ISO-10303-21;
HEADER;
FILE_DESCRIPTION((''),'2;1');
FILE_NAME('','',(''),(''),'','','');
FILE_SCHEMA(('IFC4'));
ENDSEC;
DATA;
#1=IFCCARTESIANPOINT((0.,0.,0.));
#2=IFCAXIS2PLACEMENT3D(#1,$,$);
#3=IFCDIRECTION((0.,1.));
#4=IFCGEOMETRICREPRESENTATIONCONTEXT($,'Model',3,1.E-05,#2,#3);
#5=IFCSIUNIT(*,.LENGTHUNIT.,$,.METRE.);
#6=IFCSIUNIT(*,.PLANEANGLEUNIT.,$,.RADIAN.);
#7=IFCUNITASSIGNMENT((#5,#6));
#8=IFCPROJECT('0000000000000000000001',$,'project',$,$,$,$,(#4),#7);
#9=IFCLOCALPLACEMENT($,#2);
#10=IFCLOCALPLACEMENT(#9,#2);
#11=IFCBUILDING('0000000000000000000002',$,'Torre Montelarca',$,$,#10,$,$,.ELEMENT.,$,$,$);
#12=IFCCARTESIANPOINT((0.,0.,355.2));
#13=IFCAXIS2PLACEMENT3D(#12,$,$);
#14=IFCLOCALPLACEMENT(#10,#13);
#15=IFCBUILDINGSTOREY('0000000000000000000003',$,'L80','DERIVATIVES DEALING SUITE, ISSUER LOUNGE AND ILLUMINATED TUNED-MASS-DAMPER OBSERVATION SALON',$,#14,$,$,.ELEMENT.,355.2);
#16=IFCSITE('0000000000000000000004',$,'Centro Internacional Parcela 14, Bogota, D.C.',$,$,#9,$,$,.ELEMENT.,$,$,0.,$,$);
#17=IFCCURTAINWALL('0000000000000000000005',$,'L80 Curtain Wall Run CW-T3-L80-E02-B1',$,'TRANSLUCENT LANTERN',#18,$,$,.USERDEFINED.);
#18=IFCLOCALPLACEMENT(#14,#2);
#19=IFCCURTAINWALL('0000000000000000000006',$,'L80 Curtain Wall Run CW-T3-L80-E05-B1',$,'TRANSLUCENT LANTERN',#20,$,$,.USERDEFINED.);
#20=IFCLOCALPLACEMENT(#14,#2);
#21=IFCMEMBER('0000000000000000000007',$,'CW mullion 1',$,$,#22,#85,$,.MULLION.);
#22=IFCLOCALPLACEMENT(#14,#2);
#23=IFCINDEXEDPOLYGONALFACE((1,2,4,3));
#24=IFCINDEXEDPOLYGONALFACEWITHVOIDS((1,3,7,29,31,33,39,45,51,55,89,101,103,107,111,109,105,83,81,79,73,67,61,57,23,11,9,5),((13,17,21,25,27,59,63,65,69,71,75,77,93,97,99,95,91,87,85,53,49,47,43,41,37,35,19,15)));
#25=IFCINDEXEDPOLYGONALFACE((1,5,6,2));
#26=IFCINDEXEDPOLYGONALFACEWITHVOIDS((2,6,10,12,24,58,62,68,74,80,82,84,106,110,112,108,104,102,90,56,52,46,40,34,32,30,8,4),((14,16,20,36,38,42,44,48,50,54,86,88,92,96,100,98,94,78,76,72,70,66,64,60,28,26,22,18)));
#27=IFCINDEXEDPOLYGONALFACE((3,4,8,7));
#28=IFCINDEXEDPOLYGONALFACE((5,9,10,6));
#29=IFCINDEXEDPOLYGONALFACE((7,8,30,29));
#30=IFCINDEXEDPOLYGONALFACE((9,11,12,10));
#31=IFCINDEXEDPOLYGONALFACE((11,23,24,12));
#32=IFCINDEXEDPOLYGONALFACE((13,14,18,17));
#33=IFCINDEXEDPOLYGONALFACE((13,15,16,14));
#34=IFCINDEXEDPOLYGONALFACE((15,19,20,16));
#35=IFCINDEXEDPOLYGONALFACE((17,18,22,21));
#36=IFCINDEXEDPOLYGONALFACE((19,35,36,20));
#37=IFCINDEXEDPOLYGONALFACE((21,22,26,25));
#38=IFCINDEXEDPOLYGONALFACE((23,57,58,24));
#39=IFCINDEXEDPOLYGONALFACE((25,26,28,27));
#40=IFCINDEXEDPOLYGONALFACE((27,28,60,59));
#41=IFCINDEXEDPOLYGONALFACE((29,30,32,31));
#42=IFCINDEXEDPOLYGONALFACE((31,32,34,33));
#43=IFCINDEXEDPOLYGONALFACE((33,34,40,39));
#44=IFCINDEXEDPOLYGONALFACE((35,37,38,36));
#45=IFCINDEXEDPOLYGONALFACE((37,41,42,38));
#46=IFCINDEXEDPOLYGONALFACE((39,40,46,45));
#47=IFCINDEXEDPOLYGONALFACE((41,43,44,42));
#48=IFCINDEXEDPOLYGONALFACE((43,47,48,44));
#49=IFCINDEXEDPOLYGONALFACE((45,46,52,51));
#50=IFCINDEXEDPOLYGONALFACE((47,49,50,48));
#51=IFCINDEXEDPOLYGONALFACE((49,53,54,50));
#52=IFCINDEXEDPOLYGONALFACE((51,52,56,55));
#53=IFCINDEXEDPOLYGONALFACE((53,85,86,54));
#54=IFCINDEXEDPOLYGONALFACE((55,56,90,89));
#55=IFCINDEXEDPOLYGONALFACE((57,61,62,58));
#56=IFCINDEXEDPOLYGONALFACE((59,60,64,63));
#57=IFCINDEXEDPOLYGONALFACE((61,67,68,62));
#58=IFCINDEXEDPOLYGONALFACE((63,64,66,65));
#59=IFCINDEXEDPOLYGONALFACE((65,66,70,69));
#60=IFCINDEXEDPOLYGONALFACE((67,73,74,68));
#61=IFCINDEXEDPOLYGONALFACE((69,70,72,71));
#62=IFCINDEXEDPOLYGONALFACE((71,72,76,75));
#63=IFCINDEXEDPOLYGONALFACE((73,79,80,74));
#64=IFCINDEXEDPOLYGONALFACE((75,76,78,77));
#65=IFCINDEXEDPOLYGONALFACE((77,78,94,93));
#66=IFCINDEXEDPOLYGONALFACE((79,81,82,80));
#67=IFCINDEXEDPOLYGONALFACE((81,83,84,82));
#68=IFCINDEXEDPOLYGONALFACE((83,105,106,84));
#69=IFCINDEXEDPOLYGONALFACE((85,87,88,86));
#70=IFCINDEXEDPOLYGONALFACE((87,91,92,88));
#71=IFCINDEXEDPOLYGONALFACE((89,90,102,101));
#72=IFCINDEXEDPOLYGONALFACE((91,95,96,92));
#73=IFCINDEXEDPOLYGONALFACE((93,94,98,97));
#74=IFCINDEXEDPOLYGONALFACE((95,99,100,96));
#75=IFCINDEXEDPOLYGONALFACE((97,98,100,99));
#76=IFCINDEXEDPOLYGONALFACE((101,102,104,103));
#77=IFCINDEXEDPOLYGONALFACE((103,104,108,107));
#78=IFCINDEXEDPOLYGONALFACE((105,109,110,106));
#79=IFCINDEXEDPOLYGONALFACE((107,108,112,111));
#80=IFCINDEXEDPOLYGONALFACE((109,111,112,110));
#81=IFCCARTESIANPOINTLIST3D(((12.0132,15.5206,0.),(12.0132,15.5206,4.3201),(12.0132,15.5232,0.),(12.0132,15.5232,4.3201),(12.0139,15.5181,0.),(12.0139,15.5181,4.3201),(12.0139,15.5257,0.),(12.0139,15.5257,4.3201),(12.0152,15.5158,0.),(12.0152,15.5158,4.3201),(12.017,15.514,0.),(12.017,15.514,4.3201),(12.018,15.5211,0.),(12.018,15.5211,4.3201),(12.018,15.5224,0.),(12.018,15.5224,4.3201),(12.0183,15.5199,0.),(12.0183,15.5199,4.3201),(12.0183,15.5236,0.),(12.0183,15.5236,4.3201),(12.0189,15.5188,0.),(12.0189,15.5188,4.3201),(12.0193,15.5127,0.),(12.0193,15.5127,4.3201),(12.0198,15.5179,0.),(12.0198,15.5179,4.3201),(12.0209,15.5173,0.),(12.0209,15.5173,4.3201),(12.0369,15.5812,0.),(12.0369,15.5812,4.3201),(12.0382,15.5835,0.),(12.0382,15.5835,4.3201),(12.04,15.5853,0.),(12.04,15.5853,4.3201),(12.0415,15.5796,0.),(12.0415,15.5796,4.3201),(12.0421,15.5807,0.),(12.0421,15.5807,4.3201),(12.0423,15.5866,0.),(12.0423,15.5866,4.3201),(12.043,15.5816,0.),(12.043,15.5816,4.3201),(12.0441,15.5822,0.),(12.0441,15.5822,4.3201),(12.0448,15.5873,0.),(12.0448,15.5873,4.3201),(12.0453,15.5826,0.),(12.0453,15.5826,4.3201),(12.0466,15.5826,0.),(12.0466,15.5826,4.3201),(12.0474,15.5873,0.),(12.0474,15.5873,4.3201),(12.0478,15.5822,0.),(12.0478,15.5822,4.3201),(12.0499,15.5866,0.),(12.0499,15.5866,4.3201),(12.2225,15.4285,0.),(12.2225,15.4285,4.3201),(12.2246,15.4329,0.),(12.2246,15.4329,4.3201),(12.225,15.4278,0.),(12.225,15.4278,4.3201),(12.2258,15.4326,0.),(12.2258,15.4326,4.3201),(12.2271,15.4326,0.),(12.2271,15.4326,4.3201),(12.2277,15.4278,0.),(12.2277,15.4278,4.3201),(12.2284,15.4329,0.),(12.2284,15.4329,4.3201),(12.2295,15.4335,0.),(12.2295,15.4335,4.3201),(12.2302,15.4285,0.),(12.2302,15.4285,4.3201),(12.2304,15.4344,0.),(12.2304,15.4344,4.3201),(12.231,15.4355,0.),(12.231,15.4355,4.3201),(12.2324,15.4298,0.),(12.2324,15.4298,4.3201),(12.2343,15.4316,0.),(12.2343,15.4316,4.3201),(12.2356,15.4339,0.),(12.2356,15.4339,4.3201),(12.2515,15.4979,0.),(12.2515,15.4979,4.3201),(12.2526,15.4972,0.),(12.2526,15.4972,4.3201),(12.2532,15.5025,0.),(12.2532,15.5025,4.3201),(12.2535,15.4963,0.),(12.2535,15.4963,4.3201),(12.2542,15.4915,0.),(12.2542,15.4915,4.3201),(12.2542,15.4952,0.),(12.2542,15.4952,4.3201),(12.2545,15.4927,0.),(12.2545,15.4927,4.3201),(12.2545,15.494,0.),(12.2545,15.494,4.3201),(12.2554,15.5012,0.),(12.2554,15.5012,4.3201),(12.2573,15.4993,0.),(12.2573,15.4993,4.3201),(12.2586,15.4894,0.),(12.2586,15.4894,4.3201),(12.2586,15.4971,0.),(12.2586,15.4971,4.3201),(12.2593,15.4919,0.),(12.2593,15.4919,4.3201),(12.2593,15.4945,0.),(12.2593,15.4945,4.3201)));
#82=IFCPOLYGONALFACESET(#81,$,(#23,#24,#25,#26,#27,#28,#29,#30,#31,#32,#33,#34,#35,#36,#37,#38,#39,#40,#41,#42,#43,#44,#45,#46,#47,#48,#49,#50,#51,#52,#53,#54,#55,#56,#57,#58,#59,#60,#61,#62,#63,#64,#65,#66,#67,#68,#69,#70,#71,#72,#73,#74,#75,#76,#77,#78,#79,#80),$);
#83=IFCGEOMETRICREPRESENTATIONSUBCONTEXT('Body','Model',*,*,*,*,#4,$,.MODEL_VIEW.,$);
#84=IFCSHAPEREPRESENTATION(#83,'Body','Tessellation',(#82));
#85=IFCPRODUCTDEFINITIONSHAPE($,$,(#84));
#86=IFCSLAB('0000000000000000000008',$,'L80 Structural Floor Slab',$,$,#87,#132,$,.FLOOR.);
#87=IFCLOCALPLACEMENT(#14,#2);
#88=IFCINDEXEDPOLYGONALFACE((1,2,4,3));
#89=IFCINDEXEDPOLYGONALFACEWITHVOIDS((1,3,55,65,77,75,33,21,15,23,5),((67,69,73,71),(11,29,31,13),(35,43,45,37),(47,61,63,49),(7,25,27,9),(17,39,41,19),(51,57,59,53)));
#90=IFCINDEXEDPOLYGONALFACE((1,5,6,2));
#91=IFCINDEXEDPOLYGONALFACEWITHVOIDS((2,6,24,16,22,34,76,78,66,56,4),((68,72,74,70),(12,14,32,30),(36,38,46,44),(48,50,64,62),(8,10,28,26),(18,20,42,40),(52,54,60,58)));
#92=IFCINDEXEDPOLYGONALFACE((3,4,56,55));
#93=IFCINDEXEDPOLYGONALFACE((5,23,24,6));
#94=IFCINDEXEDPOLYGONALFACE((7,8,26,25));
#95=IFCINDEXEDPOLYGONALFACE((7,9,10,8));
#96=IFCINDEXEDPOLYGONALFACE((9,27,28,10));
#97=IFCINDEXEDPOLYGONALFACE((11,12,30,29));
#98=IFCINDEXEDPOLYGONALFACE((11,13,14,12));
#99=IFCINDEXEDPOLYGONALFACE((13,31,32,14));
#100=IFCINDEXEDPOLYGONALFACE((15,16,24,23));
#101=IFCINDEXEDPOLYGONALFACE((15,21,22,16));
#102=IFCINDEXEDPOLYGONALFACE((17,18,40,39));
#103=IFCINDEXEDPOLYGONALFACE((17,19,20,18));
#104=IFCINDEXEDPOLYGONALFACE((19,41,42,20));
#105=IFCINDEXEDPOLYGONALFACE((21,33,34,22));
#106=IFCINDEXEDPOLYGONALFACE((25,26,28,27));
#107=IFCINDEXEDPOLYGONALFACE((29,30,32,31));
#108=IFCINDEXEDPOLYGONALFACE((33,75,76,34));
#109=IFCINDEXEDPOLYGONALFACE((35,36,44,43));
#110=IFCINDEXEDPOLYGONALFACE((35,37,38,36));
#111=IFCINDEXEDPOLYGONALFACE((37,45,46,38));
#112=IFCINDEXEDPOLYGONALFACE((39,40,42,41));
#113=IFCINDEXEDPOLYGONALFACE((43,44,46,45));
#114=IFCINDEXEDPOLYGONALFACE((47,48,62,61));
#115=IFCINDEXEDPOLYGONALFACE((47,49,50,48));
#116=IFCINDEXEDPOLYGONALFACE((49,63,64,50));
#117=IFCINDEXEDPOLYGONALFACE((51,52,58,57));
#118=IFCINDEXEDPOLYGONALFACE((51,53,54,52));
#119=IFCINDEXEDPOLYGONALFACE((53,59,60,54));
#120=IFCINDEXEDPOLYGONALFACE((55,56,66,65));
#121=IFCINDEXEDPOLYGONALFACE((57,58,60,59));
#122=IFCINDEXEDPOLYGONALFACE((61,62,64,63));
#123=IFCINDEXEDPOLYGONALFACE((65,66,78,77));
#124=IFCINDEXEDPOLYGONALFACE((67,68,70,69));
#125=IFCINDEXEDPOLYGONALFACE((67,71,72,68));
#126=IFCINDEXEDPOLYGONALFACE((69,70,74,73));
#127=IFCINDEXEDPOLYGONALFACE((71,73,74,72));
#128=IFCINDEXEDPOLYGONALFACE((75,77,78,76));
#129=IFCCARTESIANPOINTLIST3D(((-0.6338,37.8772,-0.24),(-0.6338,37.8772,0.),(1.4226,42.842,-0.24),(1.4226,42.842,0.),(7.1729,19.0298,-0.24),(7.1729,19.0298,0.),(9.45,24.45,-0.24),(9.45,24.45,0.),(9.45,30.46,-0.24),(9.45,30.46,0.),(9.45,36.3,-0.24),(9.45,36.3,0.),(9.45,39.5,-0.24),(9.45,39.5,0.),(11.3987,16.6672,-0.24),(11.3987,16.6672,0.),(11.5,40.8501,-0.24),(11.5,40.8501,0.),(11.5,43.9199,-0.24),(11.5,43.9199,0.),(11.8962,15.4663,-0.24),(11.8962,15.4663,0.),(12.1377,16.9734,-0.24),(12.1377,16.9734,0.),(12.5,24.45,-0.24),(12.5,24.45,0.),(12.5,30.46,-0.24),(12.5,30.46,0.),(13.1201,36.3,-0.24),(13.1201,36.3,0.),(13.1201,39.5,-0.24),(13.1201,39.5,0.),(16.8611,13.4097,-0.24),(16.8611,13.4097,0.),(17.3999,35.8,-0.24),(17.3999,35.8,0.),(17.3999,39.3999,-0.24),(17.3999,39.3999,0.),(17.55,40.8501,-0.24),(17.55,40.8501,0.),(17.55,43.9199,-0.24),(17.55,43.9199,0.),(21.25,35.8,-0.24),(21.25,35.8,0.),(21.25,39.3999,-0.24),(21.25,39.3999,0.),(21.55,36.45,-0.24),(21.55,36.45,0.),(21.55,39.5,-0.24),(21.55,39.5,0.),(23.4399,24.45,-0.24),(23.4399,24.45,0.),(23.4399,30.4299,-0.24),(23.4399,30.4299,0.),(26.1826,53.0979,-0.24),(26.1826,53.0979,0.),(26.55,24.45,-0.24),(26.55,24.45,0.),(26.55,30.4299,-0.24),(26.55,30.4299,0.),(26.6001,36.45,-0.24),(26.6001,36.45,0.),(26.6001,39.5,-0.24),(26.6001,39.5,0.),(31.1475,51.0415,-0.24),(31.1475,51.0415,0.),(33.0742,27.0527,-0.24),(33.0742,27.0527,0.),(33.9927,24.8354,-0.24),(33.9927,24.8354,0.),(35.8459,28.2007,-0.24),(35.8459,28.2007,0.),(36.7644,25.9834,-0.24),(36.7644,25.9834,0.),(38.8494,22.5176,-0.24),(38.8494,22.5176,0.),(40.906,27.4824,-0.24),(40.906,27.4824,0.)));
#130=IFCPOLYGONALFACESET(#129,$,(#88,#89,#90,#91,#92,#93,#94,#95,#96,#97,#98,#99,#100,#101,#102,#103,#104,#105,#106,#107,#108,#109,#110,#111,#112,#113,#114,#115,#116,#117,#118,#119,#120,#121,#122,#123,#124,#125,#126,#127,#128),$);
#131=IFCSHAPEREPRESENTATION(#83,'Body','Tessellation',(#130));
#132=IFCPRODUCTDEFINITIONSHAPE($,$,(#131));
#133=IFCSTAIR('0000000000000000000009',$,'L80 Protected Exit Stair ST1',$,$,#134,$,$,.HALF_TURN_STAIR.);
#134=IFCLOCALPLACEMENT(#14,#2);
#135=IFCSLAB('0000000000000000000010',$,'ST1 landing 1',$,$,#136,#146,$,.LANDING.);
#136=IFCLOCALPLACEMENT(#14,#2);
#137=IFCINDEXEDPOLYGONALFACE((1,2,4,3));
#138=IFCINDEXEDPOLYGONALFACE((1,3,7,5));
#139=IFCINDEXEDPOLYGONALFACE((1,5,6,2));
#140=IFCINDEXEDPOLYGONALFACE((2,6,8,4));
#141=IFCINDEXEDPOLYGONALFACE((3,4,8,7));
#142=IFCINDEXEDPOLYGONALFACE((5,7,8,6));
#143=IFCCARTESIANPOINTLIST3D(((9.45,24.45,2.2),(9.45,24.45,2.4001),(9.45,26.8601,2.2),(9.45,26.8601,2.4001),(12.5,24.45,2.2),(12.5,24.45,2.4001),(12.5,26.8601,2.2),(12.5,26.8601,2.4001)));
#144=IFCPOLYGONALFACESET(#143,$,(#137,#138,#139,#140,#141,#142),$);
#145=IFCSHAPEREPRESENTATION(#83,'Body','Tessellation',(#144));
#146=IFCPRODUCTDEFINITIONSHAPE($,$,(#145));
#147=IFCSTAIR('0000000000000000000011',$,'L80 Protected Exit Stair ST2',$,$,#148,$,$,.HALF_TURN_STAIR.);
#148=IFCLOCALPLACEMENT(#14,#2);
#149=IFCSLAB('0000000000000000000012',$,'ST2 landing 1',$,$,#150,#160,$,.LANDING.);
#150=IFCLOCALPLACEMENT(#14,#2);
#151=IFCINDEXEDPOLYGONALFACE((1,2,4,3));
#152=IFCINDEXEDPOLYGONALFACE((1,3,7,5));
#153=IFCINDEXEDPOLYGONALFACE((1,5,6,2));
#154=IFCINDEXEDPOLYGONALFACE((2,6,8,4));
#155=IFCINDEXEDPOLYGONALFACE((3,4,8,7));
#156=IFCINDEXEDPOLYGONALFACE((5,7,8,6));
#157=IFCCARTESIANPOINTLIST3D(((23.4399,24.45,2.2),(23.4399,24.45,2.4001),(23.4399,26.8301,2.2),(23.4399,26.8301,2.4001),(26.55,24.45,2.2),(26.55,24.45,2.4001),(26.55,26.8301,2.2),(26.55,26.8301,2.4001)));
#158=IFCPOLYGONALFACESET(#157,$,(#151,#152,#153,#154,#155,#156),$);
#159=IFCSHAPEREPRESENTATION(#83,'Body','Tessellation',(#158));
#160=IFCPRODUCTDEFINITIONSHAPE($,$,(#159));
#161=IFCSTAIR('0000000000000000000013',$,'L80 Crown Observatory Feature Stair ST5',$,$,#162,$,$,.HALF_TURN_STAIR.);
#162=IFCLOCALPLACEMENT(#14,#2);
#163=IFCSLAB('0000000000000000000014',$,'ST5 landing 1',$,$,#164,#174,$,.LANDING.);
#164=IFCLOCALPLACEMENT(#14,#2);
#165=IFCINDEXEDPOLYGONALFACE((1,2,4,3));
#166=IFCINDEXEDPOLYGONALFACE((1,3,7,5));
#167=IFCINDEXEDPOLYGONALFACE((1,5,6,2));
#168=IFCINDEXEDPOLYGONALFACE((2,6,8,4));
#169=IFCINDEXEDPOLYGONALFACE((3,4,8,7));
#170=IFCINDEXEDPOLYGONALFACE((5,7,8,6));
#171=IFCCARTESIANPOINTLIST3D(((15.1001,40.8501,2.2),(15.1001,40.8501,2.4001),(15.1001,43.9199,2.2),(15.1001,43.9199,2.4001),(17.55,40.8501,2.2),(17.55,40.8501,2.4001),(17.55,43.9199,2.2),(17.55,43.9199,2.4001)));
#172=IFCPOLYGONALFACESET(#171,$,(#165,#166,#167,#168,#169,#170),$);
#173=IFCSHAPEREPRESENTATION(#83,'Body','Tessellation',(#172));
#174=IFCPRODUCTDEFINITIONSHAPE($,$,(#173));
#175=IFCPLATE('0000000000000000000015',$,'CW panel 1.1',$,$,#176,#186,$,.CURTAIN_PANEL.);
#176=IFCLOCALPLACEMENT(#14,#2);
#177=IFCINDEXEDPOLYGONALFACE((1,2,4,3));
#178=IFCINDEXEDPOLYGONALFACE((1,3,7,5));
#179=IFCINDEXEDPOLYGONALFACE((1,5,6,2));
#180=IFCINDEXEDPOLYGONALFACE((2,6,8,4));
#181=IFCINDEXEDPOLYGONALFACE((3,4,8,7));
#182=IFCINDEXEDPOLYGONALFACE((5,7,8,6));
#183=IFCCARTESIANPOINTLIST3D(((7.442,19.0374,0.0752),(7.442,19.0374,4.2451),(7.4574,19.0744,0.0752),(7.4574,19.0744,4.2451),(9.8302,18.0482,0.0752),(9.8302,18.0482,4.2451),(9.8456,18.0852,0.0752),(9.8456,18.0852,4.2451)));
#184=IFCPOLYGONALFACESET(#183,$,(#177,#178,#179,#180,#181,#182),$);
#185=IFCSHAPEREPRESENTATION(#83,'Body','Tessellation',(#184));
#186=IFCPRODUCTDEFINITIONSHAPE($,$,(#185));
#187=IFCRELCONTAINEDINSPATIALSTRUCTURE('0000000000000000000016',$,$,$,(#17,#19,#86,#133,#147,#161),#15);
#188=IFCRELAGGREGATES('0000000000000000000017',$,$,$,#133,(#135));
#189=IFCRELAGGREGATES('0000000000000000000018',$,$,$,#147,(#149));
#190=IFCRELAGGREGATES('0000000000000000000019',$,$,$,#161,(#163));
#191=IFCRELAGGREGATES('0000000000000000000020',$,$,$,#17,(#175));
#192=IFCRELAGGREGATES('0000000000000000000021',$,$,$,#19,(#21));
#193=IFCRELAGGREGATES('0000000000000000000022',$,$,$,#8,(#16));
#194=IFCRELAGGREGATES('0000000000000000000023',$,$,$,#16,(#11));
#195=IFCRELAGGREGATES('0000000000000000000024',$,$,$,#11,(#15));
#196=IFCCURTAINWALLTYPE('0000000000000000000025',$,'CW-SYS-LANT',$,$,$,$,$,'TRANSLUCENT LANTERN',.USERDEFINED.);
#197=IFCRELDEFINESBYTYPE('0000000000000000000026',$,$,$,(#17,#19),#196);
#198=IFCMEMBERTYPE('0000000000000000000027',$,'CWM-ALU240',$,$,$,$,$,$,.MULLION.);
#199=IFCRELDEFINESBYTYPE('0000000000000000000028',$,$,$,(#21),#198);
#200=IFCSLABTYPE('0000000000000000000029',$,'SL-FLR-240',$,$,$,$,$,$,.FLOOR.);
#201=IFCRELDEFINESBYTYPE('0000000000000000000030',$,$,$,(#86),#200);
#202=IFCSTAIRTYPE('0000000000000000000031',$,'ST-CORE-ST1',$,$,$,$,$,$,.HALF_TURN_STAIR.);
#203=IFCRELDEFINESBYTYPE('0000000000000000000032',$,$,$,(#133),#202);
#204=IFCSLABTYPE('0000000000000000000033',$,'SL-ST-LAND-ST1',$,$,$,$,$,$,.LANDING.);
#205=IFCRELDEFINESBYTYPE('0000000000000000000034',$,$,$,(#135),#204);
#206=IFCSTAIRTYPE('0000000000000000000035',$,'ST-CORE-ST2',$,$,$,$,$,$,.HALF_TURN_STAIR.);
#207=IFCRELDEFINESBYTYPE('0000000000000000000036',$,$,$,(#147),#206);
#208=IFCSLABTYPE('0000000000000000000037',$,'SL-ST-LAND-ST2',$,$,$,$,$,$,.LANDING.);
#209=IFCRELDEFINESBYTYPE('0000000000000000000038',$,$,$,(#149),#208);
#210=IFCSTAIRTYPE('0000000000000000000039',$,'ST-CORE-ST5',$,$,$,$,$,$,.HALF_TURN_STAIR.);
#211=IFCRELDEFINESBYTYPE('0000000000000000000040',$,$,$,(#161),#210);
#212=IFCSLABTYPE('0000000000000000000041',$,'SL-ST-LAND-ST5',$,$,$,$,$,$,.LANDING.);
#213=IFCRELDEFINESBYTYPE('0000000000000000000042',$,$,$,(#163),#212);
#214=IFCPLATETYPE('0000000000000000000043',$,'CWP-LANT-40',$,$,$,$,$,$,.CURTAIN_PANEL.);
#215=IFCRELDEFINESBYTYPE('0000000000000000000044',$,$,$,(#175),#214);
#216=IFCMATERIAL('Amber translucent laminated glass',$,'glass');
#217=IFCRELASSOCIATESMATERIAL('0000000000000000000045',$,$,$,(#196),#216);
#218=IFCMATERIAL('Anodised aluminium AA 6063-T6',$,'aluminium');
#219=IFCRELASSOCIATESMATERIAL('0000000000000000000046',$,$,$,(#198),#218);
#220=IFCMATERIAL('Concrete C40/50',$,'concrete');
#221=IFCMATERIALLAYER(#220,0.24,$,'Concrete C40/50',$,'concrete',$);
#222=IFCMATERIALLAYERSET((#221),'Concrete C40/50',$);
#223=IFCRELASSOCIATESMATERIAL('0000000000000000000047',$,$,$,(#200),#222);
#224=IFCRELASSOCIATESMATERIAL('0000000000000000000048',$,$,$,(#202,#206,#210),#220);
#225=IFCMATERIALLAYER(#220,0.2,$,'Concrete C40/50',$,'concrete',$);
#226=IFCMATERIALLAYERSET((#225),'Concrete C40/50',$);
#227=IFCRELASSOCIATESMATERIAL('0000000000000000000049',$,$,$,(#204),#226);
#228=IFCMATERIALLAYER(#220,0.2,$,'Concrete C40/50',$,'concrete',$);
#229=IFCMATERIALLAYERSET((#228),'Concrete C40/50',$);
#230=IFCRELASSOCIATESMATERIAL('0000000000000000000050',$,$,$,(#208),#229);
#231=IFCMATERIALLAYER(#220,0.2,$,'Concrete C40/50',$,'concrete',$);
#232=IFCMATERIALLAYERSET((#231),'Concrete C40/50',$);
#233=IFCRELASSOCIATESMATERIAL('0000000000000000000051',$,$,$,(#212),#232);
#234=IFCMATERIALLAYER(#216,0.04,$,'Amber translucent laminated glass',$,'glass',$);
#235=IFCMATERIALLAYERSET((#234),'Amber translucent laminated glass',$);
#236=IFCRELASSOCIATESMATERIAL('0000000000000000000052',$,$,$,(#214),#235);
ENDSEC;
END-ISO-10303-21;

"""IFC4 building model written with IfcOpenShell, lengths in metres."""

from ifc_helpers import new_model, si_unit, direction, frame, origin, origin_2d, place, context, subcontext, project, spatial, polyline, rectangle, hollow_rectangle, outline, extrude, source, transform, mapped, material, layer, layer_set, material_profile, profile_set, type_object, element, aggregate, save


model = new_model("IFC4")

# Units and contexts
model_context = context("Model", 3, precision=1e-05, world=origin(), true_north=direction((0.0, 1.0)))
body_context = subcontext(model_context, "Body", "Model", "MODEL_VIEW")
ifc_project = project(units=[si_unit("LENGTHUNIT", "METRE"), si_unit("PLANEANGLEUNIT", "RADIAN")], contexts=[model_context])

# Site, building, storey
site_placement = place(None, origin())
site = spatial("IfcSite", under=ifc_project, at=site_placement, Name="Centro Internacional Parcela 14, Bogota, D.C.", CompositionType="ELEMENT", RefElevation=0.0)
building_placement = place(site_placement, origin())
building = spatial("IfcBuilding", under=site, at=building_placement, Name="Torre Montelarca", CompositionType="ELEMENT")
storey_placement = place(building_placement, frame((0.0, 0.0, 355.2)))
storey = spatial("IfcBuildingStorey", under=building, at=storey_placement, Name="L80", Description="DERIVATIVES DEALING SUITE, ISSUER LOUNGE AND ILLUMINATED TUNED-MASS-DAMPER OBSERVATION SALON", CompositionType="ELEMENT", Elevation=355.2)

# Curtain walls
ifc_material_1 = material(Name="Amber translucent laminated glass", Category="glass")
curtain_wall_type = type_object("IfcCurtainWallType", Name="CW-SYS-LANT", ElementType="TRANSLUCENT LANTERN", PredefinedType="USERDEFINED", material=ifc_material_1)
curtain_wall_1_placement = place(storey_placement, origin())
curtain_wall_1 = element("IfcCurtainWall", 1, at=curtain_wall_1_placement, inside=storey, type_object=curtain_wall_type, Name="L80 Curtain Wall Run CW-T3-L80-E02-B1", ObjectType="TRANSLUCENT LANTERN", PredefinedType="USERDEFINED")
ifc_material_2 = material(Name="Anodised aluminium AA 6063-T6", Category="aluminium")
curtain_wall_2_placement = place(storey_placement, origin())
curtain_wall_2 = element("IfcCurtainWall", 2, at=curtain_wall_2_placement, inside=storey, type_object=curtain_wall_type, Name="L80 Curtain Wall Run CW-T3-L80-E05-B1", ObjectType="TRANSLUCENT LANTERN", PredefinedType="USERDEFINED")

# Member
ifc_material_profile_1 = material_profile(ifc_material_2, hollow_rectangle(XDim=0.0801, YDim=0.24, WallThickness=0.0049, InnerFilletRadius=0.0049, OuterFilletRadius=0.01, at=origin_2d()), Name="ALU80X240X5", Category="aluminium")
ifc_profile_set_1 = profile_set([ifc_material_profile_1], Name="Anodised aluminium AA 6063-T6")
member_type_1 = type_object("IfcMemberType", Name="CWM-ALU240", PredefinedType="MULLION", material=ifc_profile_set_1)
shared_shape_1 = source(origin(), body_context, "Body", "SweptSolid", [
    extrude(hollow_rectangle(XDim=0.0801, YDim=0.24, WallThickness=0.0049, InnerFilletRadius=0.0049, OuterFilletRadius=0.01, at=origin_2d()), origin(), (0.0, 0.0, 1.0), 4.3201),
])
member_1_placement = place(storey_placement, frame((12.1362, 15.5076, 0.0), z_axis=(0.0, 0.0, 1.0), x_axis=(0.382671, 0.923885, 0.0)))
member_1 = element("IfcMember", 3, at=member_1_placement, type_object=member_type_1, Name="CW mullion 1", PredefinedType="MULLION", context=body_context, shape_type="MappedRepresentation", body=[
    mapped(shared_shape_1, transform((0.0, 0.0, 0.0), scale=1.0)),
])

# Slab
ifc_material_3 = material(Name="Concrete C40/50", Category="concrete")
ifc_layer_1 = layer(ifc_material_3, 0.24, Name="Concrete C40/50", Category="concrete")
ifc_layer_set_1 = layer_set([ifc_layer_1], Name="Concrete C40/50")
slab_type_1 = type_object("IfcSlabType", Name="SL-FLR-240", PredefinedType="FLOOR", material=ifc_layer_set_1)
slab_1_placement = place(storey_placement, frame((0.0, 0.0, -0.24)))
element("IfcSlab", 4, at=slab_1_placement, inside=storey, type_object=slab_type_1, Name="L80 Structural Floor Slab", PredefinedType="FLOOR", context=body_context, shape_type="SweptSolid", body=[
    extrude(outline(polyline([(7.1729, 19.0298), (12.1377, 16.9734), (11.3987, 16.6672), (11.8962, 15.4663), (16.8611, 13.4097), (38.8494, 22.5176), (40.906, 27.4824), (31.1475, 51.0415), (26.1826, 53.0979), (1.4226, 42.842), (-0.6338, 37.8772), (7.1729, 19.0298)]), holes=[polyline([(36.7644, 25.9834), (33.9927, 24.8354), (33.0742, 27.0527), (35.8459, 28.2007), (36.7644, 25.9834)]), polyline([(23.4399, 24.45), (23.4399, 30.4299), (26.55, 30.4299), (26.55, 24.45), (23.4399, 24.45)]), polyline([(9.45, 24.45), (9.45, 30.46), (12.5, 30.46), (12.5, 24.45), (9.45, 24.45)]), polyline([(21.25, 35.8), (17.3999, 35.8), (17.3999, 39.3999), (21.25, 39.3999), (21.25, 35.8)]), polyline([(13.1201, 36.3), (9.45, 36.3), (9.45, 39.5), (13.1201, 39.5), (13.1201, 36.3)]), polyline([(26.6001, 36.45), (21.55, 36.45), (21.55, 39.5), (26.6001, 39.5), (26.6001, 36.45)]), polyline([(17.55, 40.8501), (11.5, 40.8501), (11.5, 43.9199), (17.55, 43.9199), (17.55, 40.8501)])]), origin(), (0.0, 0.0, 1.0), 0.24),
])

# Stairs, slabs
stair_type_1 = type_object("IfcStairType", Name="ST-CORE-ST1", PredefinedType="HALF_TURN_STAIR", material=ifc_material_3)
stair_1_placement = place(storey_placement, origin())
stair_1 = element("IfcStair", 5, at=stair_1_placement, inside=storey, type_object=stair_type_1, Name="L80 Protected Exit Stair ST1", PredefinedType="HALF_TURN_STAIR")
ifc_layer_2 = layer(ifc_material_3, 0.2, Name="Concrete C40/50", Category="concrete")
ifc_layer_set_2 = layer_set([ifc_layer_2], Name="Concrete C40/50")
slab_type_2 = type_object("IfcSlabType", Name="SL-ST-LAND-ST1", PredefinedType="LANDING", material=ifc_layer_set_2)
slab_2_placement = place(storey_placement, frame((0.0, 0.0, 2.2)))
slab_2 = element("IfcSlab", 6, at=slab_2_placement, type_object=slab_type_2, Name="ST1 landing 1", PredefinedType="LANDING", context=body_context, shape_type="SweptSolid", body=[
    extrude(outline(polyline([(9.45, 26.8601), (9.45, 24.45), (12.5, 24.45), (12.5, 26.8601), (9.45, 26.8601)])), origin(), (0.0, 0.0, 1.0), 0.2002),
])
aggregate(stair_1, [slab_2])
stair_type_2 = type_object("IfcStairType", Name="ST-CORE-ST2", PredefinedType="HALF_TURN_STAIR", material=ifc_material_3)
stair_2_placement = place(storey_placement, origin())
stair_2 = element("IfcStair", 7, at=stair_2_placement, inside=storey, type_object=stair_type_2, Name="L80 Protected Exit Stair ST2", PredefinedType="HALF_TURN_STAIR")
ifc_layer_3 = layer(ifc_material_3, 0.2, Name="Concrete C40/50", Category="concrete")
ifc_layer_set_3 = layer_set([ifc_layer_3], Name="Concrete C40/50")
slab_type_3 = type_object("IfcSlabType", Name="SL-ST-LAND-ST2", PredefinedType="LANDING", material=ifc_layer_set_3)
slab_3_placement = place(storey_placement, frame((0.0, 0.0, 2.2)))
slab_3 = element("IfcSlab", 8, at=slab_3_placement, type_object=slab_type_3, Name="ST2 landing 1", PredefinedType="LANDING", context=body_context, shape_type="SweptSolid", body=[
    extrude(outline(polyline([(23.4399, 26.8301), (23.4399, 24.45), (26.55, 24.45), (26.55, 26.8301), (23.4399, 26.8301)])), origin(), (0.0, 0.0, 1.0), 0.2002),
])
aggregate(stair_2, [slab_3])
stair_type_3 = type_object("IfcStairType", Name="ST-CORE-ST5", PredefinedType="HALF_TURN_STAIR", material=ifc_material_3)
stair_3_placement = place(storey_placement, origin())
stair_3 = element("IfcStair", 9, at=stair_3_placement, inside=storey, type_object=stair_type_3, Name="L80 Crown Observatory Feature Stair ST5", PredefinedType="HALF_TURN_STAIR")
ifc_layer_4 = layer(ifc_material_3, 0.2, Name="Concrete C40/50", Category="concrete")
ifc_layer_set_4 = layer_set([ifc_layer_4], Name="Concrete C40/50")
slab_type_4 = type_object("IfcSlabType", Name="SL-ST-LAND-ST5", PredefinedType="LANDING", material=ifc_layer_set_4)
slab_4_placement = place(storey_placement, frame((0.0, 0.0, 2.2)))
slab_4 = element("IfcSlab", 10, at=slab_4_placement, type_object=slab_type_4, Name="ST5 landing 1", PredefinedType="LANDING", context=body_context, shape_type="SweptSolid", body=[
    extrude(outline(polyline([(15.1001, 40.8501), (17.55, 40.8501), (17.55, 43.9199), (15.1001, 43.9199), (15.1001, 40.8501)])), origin(), (0.0, 0.0, 1.0), 0.2002),
])
aggregate(stair_3, [slab_4])

# Plate
ifc_layer_5 = layer(ifc_material_1, 0.04, Name="Amber translucent laminated glass", Category="glass")
ifc_layer_set_5 = layer_set([ifc_layer_5], Name="Amber translucent laminated glass")
plate_type = type_object("IfcPlateType", Name="CWP-LANT-40", PredefinedType="CURTAIN_PANEL", material=ifc_layer_set_5)
shared_shape_2 = source(origin(), body_context, "Body", "SweptSolid", [
    extrude(rectangle(XDim=2.585, YDim=0.04, at=origin_2d()), origin(), (0.0, 0.0, 1.0), 4.1699),
])
plate_1_placement = place(storey_placement, frame((8.6438, 18.5613, 0.0752), z_axis=(0.0, 0.0, 1.0), x_axis=(0.923888, -0.382664, 0.0)))
plate_1 = element("IfcPlate", 11, at=plate_1_placement, type_object=plate_type, Name="CW panel 1.1", PredefinedType="CURTAIN_PANEL", context=body_context, shape_type="MappedRepresentation", body=[
    mapped(shared_shape_2, transform((0.0, 0.0, 0.0), scale=1.0)),
])
aggregate(curtain_wall_1, [plate_1])
aggregate(curtain_wall_2, [member_1])

save(model, "model.ifc")
